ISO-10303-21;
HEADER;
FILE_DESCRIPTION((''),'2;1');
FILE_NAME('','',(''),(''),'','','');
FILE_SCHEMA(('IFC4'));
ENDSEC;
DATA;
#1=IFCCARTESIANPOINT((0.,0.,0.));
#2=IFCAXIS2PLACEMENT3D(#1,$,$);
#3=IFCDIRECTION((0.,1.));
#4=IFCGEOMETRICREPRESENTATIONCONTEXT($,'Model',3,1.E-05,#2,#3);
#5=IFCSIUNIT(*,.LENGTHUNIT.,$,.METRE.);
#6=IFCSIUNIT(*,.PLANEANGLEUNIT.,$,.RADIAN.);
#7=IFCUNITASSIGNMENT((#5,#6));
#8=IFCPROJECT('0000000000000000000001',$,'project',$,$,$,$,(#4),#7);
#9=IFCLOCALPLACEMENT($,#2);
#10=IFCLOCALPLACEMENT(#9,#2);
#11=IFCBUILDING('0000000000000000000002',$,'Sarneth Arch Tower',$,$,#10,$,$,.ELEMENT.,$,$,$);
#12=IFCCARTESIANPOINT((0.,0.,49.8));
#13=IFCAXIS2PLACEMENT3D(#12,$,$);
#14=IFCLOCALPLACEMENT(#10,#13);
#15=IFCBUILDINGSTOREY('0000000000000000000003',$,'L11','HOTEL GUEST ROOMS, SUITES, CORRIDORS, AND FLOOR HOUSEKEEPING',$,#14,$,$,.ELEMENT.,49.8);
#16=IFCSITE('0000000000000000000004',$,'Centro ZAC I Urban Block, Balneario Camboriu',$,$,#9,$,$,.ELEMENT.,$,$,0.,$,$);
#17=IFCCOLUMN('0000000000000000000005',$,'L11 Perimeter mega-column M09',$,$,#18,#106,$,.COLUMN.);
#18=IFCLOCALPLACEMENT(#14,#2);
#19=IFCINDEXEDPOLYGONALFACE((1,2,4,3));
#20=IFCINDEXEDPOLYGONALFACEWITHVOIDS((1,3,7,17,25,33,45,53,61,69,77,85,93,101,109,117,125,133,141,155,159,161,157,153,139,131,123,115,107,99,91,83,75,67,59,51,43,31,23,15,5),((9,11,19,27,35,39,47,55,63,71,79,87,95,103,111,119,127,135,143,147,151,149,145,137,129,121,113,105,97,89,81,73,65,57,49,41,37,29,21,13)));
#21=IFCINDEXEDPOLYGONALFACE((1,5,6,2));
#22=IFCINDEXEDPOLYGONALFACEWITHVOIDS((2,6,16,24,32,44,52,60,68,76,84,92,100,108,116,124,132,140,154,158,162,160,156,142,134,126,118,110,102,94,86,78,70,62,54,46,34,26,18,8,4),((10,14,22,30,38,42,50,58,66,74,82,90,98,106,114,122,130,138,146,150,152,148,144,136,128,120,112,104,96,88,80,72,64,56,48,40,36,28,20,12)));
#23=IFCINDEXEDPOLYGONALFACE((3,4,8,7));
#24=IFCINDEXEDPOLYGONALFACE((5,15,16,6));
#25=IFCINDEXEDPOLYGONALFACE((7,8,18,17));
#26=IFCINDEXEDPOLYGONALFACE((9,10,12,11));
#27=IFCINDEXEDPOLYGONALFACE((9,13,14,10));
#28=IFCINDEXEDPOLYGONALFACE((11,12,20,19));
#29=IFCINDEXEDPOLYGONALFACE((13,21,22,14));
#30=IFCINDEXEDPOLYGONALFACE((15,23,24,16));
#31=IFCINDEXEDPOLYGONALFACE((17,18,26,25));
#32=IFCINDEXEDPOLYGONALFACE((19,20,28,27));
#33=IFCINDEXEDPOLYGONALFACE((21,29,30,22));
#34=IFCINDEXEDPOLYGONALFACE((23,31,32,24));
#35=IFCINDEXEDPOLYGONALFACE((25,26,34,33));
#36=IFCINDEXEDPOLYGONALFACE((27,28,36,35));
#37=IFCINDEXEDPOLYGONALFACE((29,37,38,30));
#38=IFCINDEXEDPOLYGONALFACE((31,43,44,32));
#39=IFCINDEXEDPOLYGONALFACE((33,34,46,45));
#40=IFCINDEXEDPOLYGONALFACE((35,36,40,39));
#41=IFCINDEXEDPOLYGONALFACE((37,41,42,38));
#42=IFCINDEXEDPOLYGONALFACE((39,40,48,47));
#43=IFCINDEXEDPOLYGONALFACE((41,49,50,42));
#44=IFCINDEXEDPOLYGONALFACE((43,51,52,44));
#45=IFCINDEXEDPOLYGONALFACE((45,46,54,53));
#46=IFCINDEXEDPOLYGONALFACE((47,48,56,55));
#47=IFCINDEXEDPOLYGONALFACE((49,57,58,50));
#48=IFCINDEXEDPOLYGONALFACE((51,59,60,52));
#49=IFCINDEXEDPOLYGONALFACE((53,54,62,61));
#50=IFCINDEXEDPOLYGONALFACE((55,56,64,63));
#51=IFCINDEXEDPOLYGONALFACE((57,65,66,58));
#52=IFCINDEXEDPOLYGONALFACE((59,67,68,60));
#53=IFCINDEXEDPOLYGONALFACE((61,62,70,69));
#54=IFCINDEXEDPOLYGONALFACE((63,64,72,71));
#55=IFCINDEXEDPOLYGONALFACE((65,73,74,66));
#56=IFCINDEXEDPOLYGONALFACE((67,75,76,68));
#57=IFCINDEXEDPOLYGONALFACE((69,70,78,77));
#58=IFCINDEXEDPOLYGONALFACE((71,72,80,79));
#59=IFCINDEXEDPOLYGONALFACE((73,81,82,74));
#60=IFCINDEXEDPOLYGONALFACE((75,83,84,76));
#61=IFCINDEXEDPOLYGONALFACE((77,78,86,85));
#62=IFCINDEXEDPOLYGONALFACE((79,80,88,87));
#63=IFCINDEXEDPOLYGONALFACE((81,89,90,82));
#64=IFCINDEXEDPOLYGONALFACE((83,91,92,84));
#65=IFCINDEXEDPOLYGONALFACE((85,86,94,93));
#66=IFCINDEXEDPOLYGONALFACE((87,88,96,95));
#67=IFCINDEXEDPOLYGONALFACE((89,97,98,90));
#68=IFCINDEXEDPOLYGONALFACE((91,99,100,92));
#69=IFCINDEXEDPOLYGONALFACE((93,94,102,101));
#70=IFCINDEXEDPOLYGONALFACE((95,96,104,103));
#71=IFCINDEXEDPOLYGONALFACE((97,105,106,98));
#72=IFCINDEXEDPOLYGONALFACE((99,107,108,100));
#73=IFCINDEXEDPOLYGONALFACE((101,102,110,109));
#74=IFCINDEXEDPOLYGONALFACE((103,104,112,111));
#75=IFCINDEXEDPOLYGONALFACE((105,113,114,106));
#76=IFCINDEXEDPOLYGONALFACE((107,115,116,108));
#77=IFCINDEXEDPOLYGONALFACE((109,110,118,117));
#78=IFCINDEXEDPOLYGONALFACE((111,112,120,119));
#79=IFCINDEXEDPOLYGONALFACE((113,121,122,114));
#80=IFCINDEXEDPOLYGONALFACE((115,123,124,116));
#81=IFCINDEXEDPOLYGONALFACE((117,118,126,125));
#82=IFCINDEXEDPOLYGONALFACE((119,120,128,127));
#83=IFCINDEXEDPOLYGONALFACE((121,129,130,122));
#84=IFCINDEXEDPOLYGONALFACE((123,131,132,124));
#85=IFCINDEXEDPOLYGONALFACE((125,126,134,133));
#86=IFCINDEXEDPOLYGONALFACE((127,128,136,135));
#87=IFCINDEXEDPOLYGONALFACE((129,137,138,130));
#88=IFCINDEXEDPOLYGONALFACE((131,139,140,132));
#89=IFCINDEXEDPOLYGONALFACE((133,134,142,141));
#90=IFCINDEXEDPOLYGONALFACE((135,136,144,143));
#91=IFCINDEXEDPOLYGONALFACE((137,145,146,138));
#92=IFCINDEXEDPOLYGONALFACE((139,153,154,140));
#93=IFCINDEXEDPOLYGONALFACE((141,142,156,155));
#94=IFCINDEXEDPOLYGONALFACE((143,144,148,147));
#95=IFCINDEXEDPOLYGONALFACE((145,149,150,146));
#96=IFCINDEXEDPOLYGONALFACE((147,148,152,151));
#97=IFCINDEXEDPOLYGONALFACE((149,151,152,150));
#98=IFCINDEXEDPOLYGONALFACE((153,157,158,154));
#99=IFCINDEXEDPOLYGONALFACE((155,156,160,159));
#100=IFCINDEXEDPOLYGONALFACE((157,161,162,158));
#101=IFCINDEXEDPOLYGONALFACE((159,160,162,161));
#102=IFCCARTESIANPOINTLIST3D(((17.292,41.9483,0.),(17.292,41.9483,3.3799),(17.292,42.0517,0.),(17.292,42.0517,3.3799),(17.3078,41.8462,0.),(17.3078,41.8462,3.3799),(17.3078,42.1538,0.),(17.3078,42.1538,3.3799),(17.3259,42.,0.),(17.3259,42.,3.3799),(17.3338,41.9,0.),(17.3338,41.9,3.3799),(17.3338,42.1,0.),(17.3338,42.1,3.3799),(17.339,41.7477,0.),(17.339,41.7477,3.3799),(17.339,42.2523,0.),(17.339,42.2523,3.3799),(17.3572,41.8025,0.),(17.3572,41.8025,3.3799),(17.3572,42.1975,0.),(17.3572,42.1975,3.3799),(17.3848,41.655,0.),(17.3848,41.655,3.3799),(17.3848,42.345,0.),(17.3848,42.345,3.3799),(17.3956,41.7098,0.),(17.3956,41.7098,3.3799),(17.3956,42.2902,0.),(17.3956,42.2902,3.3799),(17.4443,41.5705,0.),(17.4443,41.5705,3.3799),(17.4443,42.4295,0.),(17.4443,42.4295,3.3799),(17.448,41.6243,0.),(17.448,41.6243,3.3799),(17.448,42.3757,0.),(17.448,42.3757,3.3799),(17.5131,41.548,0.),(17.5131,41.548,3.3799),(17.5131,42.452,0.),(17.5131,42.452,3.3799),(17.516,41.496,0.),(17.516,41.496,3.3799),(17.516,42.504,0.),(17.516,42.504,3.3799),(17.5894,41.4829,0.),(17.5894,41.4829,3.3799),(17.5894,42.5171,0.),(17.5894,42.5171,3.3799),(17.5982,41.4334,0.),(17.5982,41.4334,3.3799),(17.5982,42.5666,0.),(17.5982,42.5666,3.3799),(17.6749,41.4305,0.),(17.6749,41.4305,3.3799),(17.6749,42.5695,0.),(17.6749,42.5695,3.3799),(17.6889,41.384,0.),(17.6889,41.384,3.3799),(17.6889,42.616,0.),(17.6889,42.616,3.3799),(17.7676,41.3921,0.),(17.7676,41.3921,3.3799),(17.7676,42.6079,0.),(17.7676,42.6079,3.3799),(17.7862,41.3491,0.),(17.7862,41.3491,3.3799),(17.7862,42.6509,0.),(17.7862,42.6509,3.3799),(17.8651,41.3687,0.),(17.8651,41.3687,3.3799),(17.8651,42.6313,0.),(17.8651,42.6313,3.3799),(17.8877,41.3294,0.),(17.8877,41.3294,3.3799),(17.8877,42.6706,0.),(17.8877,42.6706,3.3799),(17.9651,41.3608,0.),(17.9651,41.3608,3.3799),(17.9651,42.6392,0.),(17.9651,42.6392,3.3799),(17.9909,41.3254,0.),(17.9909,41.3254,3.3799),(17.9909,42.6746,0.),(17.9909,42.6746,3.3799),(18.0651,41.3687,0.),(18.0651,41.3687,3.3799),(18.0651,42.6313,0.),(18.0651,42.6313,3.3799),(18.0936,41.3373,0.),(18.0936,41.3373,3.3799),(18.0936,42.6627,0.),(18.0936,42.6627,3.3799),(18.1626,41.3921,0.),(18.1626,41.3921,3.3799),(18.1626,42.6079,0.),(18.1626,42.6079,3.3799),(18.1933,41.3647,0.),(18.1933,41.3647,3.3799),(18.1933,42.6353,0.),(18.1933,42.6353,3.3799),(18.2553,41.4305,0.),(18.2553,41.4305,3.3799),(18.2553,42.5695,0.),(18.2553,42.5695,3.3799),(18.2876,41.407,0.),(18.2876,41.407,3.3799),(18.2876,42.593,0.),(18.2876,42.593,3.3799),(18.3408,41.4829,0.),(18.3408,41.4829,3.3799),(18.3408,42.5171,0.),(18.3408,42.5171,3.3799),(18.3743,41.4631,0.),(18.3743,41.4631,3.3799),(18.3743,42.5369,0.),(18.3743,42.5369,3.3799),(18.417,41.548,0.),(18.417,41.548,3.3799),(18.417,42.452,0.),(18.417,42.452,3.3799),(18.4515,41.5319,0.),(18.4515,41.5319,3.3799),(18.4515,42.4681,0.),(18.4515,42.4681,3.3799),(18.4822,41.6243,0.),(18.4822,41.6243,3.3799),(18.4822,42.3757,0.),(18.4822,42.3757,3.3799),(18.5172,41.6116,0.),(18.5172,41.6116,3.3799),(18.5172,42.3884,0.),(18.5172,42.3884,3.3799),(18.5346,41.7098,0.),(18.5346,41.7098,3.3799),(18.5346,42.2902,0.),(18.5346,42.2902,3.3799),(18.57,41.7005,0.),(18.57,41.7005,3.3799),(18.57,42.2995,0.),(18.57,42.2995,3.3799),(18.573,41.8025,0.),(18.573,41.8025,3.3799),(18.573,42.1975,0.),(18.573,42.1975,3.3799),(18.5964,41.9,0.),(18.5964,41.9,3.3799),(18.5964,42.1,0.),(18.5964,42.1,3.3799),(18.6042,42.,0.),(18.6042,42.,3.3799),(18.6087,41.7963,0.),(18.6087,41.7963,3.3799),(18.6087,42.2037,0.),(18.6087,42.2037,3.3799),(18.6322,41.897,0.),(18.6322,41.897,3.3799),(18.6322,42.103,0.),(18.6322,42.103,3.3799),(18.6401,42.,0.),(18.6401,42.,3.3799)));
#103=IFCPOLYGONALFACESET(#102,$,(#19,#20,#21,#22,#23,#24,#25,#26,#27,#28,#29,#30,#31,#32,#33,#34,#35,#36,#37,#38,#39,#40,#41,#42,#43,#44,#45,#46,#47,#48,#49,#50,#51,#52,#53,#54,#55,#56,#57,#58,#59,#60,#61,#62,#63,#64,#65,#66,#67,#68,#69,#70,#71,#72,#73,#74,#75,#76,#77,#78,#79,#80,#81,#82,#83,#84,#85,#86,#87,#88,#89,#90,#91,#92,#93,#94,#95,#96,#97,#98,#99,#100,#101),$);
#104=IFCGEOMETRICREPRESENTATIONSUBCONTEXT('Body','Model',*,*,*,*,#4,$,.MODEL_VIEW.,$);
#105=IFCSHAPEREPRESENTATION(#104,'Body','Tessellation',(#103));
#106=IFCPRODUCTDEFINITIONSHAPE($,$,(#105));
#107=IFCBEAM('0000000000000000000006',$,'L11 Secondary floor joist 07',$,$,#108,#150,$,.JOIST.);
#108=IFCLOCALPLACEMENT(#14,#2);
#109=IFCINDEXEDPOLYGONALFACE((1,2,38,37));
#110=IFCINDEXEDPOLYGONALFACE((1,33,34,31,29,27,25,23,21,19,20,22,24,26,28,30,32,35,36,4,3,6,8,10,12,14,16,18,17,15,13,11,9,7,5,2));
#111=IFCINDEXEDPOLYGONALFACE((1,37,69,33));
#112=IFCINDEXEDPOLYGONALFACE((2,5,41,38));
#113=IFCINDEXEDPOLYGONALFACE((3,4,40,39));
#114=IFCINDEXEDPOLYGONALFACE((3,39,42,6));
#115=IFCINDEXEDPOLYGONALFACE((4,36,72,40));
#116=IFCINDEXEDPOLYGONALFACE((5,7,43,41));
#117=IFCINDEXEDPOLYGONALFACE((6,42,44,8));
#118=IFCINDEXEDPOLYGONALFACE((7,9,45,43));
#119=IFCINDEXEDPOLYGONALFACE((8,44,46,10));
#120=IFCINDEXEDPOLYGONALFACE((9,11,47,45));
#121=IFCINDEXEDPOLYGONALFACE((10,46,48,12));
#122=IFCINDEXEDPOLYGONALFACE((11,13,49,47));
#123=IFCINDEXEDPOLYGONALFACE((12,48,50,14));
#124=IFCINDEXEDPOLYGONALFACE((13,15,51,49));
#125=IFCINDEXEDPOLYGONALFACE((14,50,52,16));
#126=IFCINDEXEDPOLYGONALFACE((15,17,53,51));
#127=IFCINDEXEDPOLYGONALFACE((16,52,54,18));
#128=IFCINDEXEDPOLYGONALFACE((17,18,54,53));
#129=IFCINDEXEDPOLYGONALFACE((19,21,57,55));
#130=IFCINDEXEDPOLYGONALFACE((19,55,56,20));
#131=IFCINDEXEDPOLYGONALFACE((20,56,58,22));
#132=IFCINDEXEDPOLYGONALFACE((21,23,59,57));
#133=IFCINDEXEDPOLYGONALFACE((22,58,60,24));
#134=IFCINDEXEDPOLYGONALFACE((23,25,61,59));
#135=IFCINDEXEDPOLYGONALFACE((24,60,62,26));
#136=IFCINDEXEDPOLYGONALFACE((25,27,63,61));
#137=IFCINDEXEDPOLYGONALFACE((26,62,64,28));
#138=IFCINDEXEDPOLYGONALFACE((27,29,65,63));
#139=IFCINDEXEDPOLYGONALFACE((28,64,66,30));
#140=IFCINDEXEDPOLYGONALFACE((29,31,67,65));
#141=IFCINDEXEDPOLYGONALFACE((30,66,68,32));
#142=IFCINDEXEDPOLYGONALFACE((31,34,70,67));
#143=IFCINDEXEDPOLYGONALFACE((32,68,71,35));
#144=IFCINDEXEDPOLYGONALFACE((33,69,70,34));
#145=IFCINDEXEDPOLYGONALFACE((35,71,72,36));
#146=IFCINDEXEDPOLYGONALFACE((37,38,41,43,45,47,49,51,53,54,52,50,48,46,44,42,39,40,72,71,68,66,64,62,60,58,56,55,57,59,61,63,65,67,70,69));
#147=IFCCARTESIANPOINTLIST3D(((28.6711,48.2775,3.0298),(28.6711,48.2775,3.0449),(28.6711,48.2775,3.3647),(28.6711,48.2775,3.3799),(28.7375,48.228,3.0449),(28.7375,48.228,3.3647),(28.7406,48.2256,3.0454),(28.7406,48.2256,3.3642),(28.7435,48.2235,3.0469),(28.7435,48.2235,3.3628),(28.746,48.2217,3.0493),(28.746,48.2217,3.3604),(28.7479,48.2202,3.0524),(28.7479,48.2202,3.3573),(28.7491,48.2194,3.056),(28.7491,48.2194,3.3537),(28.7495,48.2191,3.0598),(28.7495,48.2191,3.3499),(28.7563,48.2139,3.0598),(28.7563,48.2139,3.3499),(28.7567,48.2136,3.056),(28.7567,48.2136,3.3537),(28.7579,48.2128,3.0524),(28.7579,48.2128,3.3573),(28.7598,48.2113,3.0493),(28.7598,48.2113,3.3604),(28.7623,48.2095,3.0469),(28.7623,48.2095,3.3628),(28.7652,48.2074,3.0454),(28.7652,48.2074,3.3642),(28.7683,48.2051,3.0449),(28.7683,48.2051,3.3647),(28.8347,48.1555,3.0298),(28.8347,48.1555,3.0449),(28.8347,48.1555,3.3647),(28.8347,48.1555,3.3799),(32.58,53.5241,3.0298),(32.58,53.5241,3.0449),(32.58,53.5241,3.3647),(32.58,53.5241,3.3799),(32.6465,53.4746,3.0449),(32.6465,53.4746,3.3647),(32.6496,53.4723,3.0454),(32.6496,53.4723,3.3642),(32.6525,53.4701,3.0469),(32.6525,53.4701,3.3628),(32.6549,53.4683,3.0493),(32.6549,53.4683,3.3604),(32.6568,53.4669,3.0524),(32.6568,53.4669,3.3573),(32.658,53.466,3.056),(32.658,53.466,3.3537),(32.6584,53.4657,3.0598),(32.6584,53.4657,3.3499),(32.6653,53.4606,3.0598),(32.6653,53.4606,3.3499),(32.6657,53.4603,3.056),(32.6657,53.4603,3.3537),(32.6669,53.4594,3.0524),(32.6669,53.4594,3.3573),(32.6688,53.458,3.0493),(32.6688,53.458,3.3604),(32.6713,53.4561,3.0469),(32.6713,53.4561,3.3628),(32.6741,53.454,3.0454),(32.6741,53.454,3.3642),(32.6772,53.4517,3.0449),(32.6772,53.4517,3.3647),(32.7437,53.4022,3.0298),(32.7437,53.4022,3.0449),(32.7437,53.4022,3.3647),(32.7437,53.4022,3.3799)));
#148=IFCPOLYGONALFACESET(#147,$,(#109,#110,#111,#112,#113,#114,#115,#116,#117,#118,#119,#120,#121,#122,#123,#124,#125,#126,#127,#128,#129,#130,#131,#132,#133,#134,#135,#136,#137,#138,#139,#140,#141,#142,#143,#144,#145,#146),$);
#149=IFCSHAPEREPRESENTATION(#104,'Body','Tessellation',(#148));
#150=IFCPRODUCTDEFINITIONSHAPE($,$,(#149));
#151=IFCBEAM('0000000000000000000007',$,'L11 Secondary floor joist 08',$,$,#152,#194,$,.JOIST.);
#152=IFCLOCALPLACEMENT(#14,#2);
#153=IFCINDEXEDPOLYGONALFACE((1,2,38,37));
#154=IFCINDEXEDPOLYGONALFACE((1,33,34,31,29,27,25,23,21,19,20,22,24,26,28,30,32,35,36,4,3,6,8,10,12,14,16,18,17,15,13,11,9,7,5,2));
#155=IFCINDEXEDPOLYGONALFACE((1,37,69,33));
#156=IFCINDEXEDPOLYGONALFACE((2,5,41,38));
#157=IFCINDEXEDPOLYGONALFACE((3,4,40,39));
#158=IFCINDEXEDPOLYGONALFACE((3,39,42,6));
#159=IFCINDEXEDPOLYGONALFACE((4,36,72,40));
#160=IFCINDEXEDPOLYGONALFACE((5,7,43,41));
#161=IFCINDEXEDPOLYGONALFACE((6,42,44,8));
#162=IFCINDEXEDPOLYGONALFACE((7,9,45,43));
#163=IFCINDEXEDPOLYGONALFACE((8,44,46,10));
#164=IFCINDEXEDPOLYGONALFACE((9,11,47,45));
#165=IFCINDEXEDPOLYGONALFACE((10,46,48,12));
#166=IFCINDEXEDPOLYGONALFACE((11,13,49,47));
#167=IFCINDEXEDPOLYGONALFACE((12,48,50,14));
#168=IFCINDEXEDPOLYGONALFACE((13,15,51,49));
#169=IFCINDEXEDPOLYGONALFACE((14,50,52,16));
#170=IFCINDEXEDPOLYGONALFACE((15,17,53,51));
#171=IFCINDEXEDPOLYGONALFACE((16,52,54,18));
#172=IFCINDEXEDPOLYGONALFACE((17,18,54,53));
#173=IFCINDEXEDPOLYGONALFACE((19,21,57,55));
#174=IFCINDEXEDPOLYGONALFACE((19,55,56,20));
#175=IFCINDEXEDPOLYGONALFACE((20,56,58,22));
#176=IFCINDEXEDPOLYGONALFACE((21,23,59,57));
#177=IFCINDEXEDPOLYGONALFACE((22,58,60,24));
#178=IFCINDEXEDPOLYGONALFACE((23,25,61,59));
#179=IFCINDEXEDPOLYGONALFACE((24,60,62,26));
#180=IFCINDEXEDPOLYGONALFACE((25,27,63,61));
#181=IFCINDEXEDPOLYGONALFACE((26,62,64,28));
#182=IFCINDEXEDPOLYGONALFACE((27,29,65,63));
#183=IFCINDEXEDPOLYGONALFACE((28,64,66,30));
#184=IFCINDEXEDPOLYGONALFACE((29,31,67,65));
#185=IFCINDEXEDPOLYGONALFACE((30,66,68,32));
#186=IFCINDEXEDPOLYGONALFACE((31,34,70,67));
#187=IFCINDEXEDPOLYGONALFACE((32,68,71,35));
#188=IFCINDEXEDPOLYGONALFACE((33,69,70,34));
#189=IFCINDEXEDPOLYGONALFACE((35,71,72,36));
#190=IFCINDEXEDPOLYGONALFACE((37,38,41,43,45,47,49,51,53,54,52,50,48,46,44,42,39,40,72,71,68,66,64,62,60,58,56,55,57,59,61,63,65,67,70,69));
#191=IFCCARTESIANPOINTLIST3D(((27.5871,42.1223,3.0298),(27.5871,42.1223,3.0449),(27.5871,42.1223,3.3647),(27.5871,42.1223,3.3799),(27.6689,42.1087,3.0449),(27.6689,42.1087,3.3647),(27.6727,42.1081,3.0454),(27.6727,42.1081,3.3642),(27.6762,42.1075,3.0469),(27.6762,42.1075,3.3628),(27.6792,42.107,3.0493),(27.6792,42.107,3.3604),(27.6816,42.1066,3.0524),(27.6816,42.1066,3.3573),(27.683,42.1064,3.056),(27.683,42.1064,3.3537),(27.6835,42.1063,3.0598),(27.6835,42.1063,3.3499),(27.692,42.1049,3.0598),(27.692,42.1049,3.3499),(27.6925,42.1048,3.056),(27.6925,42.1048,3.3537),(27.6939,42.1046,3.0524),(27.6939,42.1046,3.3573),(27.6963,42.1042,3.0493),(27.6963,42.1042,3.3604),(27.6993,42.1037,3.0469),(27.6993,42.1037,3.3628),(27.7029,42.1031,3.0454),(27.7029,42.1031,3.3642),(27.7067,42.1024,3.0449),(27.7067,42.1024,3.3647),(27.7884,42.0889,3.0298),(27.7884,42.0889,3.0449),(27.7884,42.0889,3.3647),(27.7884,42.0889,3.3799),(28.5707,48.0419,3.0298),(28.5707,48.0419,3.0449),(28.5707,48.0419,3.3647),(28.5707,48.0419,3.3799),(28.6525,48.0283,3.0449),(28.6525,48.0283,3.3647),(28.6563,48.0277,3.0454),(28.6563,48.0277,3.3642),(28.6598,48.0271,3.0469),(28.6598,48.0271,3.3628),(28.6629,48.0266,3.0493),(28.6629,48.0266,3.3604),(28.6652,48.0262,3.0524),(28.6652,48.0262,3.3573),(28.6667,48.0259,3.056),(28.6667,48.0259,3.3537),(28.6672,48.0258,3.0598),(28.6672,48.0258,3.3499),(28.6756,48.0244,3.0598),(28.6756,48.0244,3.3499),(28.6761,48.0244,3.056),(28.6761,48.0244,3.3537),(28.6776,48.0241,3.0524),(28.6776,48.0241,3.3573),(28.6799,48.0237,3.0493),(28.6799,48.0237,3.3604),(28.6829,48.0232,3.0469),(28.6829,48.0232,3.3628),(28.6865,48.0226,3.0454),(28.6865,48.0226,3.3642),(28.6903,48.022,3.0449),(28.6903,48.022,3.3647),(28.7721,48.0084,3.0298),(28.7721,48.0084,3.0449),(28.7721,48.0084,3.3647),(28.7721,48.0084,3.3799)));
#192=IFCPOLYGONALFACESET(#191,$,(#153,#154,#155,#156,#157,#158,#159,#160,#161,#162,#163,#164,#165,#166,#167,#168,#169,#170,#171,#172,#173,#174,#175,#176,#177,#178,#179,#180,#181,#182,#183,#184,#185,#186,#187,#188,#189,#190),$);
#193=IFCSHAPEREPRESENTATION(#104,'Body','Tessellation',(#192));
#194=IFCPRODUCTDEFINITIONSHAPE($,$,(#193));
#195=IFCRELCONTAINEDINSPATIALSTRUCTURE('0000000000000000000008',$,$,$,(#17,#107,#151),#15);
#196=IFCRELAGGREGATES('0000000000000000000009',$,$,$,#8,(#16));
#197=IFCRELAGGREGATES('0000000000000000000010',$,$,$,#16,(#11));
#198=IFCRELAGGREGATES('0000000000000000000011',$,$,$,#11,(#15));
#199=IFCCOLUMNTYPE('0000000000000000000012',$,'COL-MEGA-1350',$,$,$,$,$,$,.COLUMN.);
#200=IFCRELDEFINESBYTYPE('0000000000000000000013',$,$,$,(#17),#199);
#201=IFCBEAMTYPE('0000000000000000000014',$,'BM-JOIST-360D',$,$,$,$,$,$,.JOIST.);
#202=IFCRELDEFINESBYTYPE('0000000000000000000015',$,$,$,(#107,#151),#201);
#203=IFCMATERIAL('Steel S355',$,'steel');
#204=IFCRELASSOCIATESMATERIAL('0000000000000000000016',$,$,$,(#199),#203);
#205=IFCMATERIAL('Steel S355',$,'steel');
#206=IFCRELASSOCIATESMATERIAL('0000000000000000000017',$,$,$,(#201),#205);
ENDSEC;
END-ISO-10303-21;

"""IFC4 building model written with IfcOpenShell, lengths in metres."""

from ifc_helpers import new_model, si_unit, direction, frame, origin, origin_2d, place, context, subcontext, project, spatial, hollow_circle, i_section, extrude, material, material_profile, profile_set, type_object, element, save


model = new_model("IFC4")

# Units and contexts
model_context = context("Model", 3, precision=1e-05, world=origin(), true_north=direction((0.0, 1.0)))
body_context = subcontext(model_context, "Body", "Model", "MODEL_VIEW")
ifc_project = project(units=[si_unit("LENGTHUNIT", "METRE"), si_unit("PLANEANGLEUNIT", "RADIAN")], contexts=[model_context])

# Site, building, storey
site_placement = place(None, origin())
site = spatial("IfcSite", under=ifc_project, at=site_placement, Name="Centro ZAC I Urban Block, Balneario Camboriu", CompositionType="ELEMENT", RefElevation=0.0)
building_placement = place(site_placement, origin())
building = spatial("IfcBuilding", under=site, at=building_placement, Name="Sarneth Arch Tower", CompositionType="ELEMENT")
storey_placement = place(building_placement, frame((0.0, 0.0, 49.8)))
storey = spatial("IfcBuildingStorey", under=building, at=storey_placement, Name="L11", Description="HOTEL GUEST ROOMS, SUITES, CORRIDORS, AND FLOOR HOUSEKEEPING", CompositionType="ELEMENT", Elevation=49.8)

# Column
ifc_material_1 = material(Name="Steel S355", Category="steel")
ifc_material_profile_1 = material_profile(ifc_material_1, hollow_circle(Radius=0.675, WallThickness=0.0359, at=origin_2d()), Name="CHS1350x36")
ifc_profile_set_1 = profile_set([ifc_material_profile_1], Name="Steel S355")
column_type = type_object("IfcColumnType", Name="COL-MEGA-1350", PredefinedType="COLUMN", material=ifc_profile_set_1)
for number, where, z_axis, x_axis, name in (
    (1, (17.9651, 42.0, 0.0), (0.0, 0.0, 1.0), (1.0, 0.0, 0.0), "L11 Perimeter mega-column M09"),
):
    element("IfcColumn", number, at=place(storey_placement, frame(where, z_axis=z_axis, x_axis=x_axis)), inside=storey, type_object=column_type, Name=name, PredefinedType="COLUMN", context=body_context, shape_type="SweptSolid", body=[
        extrude(hollow_circle(Radius=0.675, WallThickness=0.0359, at=origin_2d()), origin(), (0.0, 0.0, 1.0), 3.3799),
    ])

# Beams
ifc_material_2 = material(Name="Steel S355", Category="steel")
ifc_material_profile_2 = material_profile(ifc_material_2, i_section(OverallWidth=0.2041, OverallDepth=0.3501, WebThickness=0.0085, FlangeThickness=0.0151, FilletRadius=0.0149, at=origin_2d()), Name="W360x72")
ifc_profile_set_2 = profile_set([ifc_material_profile_2], Name="Steel S355")
beam_type_1 = type_object("IfcBeamType", Name="BM-JOIST-360D", PredefinedType="JOIST", material=ifc_profile_set_2)
beam_1_placement = place(storey_placement, frame((32.6619, 53.4631, 3.2048), z_axis=(-0.597454, -0.801904, 0.0), x_axis=(0.801904, -0.597454, 0.0)))
element("IfcBeam", 2, at=beam_1_placement, inside=storey, type_object=beam_type_1, Name="L11 Secondary floor joist 07", PredefinedType="JOIST", context=body_context, shape_type="SweptSolid", body=[
    extrude(i_section(OverallWidth=0.2041, OverallDepth=0.3501, WebThickness=0.0085, FlangeThickness=0.0151, FilletRadius=0.0149, at=origin_2d()), origin(), (0.0, 0.0, 1.0), 6.5427),
])
beam_2_placement = place(storey_placement, frame((28.6714, 48.0251, 3.2048), z_axis=(-0.163917, -0.986474, 0.0), x_axis=(0.986474, -0.163917, 0.0)))
element("IfcBeam", 3, at=beam_2_placement, inside=storey, type_object=beam_type_1, Name="L11 Secondary floor joist 08", PredefinedType="JOIST", context=body_context, shape_type="SweptSolid", body=[
    extrude(i_section(OverallWidth=0.2041, OverallDepth=0.3501, WebThickness=0.0085, FlangeThickness=0.0151, FilletRadius=0.0149, at=origin_2d()), origin(), (0.0, 0.0, 1.0), 6.0007),
])

save(model, "model.ifc")
